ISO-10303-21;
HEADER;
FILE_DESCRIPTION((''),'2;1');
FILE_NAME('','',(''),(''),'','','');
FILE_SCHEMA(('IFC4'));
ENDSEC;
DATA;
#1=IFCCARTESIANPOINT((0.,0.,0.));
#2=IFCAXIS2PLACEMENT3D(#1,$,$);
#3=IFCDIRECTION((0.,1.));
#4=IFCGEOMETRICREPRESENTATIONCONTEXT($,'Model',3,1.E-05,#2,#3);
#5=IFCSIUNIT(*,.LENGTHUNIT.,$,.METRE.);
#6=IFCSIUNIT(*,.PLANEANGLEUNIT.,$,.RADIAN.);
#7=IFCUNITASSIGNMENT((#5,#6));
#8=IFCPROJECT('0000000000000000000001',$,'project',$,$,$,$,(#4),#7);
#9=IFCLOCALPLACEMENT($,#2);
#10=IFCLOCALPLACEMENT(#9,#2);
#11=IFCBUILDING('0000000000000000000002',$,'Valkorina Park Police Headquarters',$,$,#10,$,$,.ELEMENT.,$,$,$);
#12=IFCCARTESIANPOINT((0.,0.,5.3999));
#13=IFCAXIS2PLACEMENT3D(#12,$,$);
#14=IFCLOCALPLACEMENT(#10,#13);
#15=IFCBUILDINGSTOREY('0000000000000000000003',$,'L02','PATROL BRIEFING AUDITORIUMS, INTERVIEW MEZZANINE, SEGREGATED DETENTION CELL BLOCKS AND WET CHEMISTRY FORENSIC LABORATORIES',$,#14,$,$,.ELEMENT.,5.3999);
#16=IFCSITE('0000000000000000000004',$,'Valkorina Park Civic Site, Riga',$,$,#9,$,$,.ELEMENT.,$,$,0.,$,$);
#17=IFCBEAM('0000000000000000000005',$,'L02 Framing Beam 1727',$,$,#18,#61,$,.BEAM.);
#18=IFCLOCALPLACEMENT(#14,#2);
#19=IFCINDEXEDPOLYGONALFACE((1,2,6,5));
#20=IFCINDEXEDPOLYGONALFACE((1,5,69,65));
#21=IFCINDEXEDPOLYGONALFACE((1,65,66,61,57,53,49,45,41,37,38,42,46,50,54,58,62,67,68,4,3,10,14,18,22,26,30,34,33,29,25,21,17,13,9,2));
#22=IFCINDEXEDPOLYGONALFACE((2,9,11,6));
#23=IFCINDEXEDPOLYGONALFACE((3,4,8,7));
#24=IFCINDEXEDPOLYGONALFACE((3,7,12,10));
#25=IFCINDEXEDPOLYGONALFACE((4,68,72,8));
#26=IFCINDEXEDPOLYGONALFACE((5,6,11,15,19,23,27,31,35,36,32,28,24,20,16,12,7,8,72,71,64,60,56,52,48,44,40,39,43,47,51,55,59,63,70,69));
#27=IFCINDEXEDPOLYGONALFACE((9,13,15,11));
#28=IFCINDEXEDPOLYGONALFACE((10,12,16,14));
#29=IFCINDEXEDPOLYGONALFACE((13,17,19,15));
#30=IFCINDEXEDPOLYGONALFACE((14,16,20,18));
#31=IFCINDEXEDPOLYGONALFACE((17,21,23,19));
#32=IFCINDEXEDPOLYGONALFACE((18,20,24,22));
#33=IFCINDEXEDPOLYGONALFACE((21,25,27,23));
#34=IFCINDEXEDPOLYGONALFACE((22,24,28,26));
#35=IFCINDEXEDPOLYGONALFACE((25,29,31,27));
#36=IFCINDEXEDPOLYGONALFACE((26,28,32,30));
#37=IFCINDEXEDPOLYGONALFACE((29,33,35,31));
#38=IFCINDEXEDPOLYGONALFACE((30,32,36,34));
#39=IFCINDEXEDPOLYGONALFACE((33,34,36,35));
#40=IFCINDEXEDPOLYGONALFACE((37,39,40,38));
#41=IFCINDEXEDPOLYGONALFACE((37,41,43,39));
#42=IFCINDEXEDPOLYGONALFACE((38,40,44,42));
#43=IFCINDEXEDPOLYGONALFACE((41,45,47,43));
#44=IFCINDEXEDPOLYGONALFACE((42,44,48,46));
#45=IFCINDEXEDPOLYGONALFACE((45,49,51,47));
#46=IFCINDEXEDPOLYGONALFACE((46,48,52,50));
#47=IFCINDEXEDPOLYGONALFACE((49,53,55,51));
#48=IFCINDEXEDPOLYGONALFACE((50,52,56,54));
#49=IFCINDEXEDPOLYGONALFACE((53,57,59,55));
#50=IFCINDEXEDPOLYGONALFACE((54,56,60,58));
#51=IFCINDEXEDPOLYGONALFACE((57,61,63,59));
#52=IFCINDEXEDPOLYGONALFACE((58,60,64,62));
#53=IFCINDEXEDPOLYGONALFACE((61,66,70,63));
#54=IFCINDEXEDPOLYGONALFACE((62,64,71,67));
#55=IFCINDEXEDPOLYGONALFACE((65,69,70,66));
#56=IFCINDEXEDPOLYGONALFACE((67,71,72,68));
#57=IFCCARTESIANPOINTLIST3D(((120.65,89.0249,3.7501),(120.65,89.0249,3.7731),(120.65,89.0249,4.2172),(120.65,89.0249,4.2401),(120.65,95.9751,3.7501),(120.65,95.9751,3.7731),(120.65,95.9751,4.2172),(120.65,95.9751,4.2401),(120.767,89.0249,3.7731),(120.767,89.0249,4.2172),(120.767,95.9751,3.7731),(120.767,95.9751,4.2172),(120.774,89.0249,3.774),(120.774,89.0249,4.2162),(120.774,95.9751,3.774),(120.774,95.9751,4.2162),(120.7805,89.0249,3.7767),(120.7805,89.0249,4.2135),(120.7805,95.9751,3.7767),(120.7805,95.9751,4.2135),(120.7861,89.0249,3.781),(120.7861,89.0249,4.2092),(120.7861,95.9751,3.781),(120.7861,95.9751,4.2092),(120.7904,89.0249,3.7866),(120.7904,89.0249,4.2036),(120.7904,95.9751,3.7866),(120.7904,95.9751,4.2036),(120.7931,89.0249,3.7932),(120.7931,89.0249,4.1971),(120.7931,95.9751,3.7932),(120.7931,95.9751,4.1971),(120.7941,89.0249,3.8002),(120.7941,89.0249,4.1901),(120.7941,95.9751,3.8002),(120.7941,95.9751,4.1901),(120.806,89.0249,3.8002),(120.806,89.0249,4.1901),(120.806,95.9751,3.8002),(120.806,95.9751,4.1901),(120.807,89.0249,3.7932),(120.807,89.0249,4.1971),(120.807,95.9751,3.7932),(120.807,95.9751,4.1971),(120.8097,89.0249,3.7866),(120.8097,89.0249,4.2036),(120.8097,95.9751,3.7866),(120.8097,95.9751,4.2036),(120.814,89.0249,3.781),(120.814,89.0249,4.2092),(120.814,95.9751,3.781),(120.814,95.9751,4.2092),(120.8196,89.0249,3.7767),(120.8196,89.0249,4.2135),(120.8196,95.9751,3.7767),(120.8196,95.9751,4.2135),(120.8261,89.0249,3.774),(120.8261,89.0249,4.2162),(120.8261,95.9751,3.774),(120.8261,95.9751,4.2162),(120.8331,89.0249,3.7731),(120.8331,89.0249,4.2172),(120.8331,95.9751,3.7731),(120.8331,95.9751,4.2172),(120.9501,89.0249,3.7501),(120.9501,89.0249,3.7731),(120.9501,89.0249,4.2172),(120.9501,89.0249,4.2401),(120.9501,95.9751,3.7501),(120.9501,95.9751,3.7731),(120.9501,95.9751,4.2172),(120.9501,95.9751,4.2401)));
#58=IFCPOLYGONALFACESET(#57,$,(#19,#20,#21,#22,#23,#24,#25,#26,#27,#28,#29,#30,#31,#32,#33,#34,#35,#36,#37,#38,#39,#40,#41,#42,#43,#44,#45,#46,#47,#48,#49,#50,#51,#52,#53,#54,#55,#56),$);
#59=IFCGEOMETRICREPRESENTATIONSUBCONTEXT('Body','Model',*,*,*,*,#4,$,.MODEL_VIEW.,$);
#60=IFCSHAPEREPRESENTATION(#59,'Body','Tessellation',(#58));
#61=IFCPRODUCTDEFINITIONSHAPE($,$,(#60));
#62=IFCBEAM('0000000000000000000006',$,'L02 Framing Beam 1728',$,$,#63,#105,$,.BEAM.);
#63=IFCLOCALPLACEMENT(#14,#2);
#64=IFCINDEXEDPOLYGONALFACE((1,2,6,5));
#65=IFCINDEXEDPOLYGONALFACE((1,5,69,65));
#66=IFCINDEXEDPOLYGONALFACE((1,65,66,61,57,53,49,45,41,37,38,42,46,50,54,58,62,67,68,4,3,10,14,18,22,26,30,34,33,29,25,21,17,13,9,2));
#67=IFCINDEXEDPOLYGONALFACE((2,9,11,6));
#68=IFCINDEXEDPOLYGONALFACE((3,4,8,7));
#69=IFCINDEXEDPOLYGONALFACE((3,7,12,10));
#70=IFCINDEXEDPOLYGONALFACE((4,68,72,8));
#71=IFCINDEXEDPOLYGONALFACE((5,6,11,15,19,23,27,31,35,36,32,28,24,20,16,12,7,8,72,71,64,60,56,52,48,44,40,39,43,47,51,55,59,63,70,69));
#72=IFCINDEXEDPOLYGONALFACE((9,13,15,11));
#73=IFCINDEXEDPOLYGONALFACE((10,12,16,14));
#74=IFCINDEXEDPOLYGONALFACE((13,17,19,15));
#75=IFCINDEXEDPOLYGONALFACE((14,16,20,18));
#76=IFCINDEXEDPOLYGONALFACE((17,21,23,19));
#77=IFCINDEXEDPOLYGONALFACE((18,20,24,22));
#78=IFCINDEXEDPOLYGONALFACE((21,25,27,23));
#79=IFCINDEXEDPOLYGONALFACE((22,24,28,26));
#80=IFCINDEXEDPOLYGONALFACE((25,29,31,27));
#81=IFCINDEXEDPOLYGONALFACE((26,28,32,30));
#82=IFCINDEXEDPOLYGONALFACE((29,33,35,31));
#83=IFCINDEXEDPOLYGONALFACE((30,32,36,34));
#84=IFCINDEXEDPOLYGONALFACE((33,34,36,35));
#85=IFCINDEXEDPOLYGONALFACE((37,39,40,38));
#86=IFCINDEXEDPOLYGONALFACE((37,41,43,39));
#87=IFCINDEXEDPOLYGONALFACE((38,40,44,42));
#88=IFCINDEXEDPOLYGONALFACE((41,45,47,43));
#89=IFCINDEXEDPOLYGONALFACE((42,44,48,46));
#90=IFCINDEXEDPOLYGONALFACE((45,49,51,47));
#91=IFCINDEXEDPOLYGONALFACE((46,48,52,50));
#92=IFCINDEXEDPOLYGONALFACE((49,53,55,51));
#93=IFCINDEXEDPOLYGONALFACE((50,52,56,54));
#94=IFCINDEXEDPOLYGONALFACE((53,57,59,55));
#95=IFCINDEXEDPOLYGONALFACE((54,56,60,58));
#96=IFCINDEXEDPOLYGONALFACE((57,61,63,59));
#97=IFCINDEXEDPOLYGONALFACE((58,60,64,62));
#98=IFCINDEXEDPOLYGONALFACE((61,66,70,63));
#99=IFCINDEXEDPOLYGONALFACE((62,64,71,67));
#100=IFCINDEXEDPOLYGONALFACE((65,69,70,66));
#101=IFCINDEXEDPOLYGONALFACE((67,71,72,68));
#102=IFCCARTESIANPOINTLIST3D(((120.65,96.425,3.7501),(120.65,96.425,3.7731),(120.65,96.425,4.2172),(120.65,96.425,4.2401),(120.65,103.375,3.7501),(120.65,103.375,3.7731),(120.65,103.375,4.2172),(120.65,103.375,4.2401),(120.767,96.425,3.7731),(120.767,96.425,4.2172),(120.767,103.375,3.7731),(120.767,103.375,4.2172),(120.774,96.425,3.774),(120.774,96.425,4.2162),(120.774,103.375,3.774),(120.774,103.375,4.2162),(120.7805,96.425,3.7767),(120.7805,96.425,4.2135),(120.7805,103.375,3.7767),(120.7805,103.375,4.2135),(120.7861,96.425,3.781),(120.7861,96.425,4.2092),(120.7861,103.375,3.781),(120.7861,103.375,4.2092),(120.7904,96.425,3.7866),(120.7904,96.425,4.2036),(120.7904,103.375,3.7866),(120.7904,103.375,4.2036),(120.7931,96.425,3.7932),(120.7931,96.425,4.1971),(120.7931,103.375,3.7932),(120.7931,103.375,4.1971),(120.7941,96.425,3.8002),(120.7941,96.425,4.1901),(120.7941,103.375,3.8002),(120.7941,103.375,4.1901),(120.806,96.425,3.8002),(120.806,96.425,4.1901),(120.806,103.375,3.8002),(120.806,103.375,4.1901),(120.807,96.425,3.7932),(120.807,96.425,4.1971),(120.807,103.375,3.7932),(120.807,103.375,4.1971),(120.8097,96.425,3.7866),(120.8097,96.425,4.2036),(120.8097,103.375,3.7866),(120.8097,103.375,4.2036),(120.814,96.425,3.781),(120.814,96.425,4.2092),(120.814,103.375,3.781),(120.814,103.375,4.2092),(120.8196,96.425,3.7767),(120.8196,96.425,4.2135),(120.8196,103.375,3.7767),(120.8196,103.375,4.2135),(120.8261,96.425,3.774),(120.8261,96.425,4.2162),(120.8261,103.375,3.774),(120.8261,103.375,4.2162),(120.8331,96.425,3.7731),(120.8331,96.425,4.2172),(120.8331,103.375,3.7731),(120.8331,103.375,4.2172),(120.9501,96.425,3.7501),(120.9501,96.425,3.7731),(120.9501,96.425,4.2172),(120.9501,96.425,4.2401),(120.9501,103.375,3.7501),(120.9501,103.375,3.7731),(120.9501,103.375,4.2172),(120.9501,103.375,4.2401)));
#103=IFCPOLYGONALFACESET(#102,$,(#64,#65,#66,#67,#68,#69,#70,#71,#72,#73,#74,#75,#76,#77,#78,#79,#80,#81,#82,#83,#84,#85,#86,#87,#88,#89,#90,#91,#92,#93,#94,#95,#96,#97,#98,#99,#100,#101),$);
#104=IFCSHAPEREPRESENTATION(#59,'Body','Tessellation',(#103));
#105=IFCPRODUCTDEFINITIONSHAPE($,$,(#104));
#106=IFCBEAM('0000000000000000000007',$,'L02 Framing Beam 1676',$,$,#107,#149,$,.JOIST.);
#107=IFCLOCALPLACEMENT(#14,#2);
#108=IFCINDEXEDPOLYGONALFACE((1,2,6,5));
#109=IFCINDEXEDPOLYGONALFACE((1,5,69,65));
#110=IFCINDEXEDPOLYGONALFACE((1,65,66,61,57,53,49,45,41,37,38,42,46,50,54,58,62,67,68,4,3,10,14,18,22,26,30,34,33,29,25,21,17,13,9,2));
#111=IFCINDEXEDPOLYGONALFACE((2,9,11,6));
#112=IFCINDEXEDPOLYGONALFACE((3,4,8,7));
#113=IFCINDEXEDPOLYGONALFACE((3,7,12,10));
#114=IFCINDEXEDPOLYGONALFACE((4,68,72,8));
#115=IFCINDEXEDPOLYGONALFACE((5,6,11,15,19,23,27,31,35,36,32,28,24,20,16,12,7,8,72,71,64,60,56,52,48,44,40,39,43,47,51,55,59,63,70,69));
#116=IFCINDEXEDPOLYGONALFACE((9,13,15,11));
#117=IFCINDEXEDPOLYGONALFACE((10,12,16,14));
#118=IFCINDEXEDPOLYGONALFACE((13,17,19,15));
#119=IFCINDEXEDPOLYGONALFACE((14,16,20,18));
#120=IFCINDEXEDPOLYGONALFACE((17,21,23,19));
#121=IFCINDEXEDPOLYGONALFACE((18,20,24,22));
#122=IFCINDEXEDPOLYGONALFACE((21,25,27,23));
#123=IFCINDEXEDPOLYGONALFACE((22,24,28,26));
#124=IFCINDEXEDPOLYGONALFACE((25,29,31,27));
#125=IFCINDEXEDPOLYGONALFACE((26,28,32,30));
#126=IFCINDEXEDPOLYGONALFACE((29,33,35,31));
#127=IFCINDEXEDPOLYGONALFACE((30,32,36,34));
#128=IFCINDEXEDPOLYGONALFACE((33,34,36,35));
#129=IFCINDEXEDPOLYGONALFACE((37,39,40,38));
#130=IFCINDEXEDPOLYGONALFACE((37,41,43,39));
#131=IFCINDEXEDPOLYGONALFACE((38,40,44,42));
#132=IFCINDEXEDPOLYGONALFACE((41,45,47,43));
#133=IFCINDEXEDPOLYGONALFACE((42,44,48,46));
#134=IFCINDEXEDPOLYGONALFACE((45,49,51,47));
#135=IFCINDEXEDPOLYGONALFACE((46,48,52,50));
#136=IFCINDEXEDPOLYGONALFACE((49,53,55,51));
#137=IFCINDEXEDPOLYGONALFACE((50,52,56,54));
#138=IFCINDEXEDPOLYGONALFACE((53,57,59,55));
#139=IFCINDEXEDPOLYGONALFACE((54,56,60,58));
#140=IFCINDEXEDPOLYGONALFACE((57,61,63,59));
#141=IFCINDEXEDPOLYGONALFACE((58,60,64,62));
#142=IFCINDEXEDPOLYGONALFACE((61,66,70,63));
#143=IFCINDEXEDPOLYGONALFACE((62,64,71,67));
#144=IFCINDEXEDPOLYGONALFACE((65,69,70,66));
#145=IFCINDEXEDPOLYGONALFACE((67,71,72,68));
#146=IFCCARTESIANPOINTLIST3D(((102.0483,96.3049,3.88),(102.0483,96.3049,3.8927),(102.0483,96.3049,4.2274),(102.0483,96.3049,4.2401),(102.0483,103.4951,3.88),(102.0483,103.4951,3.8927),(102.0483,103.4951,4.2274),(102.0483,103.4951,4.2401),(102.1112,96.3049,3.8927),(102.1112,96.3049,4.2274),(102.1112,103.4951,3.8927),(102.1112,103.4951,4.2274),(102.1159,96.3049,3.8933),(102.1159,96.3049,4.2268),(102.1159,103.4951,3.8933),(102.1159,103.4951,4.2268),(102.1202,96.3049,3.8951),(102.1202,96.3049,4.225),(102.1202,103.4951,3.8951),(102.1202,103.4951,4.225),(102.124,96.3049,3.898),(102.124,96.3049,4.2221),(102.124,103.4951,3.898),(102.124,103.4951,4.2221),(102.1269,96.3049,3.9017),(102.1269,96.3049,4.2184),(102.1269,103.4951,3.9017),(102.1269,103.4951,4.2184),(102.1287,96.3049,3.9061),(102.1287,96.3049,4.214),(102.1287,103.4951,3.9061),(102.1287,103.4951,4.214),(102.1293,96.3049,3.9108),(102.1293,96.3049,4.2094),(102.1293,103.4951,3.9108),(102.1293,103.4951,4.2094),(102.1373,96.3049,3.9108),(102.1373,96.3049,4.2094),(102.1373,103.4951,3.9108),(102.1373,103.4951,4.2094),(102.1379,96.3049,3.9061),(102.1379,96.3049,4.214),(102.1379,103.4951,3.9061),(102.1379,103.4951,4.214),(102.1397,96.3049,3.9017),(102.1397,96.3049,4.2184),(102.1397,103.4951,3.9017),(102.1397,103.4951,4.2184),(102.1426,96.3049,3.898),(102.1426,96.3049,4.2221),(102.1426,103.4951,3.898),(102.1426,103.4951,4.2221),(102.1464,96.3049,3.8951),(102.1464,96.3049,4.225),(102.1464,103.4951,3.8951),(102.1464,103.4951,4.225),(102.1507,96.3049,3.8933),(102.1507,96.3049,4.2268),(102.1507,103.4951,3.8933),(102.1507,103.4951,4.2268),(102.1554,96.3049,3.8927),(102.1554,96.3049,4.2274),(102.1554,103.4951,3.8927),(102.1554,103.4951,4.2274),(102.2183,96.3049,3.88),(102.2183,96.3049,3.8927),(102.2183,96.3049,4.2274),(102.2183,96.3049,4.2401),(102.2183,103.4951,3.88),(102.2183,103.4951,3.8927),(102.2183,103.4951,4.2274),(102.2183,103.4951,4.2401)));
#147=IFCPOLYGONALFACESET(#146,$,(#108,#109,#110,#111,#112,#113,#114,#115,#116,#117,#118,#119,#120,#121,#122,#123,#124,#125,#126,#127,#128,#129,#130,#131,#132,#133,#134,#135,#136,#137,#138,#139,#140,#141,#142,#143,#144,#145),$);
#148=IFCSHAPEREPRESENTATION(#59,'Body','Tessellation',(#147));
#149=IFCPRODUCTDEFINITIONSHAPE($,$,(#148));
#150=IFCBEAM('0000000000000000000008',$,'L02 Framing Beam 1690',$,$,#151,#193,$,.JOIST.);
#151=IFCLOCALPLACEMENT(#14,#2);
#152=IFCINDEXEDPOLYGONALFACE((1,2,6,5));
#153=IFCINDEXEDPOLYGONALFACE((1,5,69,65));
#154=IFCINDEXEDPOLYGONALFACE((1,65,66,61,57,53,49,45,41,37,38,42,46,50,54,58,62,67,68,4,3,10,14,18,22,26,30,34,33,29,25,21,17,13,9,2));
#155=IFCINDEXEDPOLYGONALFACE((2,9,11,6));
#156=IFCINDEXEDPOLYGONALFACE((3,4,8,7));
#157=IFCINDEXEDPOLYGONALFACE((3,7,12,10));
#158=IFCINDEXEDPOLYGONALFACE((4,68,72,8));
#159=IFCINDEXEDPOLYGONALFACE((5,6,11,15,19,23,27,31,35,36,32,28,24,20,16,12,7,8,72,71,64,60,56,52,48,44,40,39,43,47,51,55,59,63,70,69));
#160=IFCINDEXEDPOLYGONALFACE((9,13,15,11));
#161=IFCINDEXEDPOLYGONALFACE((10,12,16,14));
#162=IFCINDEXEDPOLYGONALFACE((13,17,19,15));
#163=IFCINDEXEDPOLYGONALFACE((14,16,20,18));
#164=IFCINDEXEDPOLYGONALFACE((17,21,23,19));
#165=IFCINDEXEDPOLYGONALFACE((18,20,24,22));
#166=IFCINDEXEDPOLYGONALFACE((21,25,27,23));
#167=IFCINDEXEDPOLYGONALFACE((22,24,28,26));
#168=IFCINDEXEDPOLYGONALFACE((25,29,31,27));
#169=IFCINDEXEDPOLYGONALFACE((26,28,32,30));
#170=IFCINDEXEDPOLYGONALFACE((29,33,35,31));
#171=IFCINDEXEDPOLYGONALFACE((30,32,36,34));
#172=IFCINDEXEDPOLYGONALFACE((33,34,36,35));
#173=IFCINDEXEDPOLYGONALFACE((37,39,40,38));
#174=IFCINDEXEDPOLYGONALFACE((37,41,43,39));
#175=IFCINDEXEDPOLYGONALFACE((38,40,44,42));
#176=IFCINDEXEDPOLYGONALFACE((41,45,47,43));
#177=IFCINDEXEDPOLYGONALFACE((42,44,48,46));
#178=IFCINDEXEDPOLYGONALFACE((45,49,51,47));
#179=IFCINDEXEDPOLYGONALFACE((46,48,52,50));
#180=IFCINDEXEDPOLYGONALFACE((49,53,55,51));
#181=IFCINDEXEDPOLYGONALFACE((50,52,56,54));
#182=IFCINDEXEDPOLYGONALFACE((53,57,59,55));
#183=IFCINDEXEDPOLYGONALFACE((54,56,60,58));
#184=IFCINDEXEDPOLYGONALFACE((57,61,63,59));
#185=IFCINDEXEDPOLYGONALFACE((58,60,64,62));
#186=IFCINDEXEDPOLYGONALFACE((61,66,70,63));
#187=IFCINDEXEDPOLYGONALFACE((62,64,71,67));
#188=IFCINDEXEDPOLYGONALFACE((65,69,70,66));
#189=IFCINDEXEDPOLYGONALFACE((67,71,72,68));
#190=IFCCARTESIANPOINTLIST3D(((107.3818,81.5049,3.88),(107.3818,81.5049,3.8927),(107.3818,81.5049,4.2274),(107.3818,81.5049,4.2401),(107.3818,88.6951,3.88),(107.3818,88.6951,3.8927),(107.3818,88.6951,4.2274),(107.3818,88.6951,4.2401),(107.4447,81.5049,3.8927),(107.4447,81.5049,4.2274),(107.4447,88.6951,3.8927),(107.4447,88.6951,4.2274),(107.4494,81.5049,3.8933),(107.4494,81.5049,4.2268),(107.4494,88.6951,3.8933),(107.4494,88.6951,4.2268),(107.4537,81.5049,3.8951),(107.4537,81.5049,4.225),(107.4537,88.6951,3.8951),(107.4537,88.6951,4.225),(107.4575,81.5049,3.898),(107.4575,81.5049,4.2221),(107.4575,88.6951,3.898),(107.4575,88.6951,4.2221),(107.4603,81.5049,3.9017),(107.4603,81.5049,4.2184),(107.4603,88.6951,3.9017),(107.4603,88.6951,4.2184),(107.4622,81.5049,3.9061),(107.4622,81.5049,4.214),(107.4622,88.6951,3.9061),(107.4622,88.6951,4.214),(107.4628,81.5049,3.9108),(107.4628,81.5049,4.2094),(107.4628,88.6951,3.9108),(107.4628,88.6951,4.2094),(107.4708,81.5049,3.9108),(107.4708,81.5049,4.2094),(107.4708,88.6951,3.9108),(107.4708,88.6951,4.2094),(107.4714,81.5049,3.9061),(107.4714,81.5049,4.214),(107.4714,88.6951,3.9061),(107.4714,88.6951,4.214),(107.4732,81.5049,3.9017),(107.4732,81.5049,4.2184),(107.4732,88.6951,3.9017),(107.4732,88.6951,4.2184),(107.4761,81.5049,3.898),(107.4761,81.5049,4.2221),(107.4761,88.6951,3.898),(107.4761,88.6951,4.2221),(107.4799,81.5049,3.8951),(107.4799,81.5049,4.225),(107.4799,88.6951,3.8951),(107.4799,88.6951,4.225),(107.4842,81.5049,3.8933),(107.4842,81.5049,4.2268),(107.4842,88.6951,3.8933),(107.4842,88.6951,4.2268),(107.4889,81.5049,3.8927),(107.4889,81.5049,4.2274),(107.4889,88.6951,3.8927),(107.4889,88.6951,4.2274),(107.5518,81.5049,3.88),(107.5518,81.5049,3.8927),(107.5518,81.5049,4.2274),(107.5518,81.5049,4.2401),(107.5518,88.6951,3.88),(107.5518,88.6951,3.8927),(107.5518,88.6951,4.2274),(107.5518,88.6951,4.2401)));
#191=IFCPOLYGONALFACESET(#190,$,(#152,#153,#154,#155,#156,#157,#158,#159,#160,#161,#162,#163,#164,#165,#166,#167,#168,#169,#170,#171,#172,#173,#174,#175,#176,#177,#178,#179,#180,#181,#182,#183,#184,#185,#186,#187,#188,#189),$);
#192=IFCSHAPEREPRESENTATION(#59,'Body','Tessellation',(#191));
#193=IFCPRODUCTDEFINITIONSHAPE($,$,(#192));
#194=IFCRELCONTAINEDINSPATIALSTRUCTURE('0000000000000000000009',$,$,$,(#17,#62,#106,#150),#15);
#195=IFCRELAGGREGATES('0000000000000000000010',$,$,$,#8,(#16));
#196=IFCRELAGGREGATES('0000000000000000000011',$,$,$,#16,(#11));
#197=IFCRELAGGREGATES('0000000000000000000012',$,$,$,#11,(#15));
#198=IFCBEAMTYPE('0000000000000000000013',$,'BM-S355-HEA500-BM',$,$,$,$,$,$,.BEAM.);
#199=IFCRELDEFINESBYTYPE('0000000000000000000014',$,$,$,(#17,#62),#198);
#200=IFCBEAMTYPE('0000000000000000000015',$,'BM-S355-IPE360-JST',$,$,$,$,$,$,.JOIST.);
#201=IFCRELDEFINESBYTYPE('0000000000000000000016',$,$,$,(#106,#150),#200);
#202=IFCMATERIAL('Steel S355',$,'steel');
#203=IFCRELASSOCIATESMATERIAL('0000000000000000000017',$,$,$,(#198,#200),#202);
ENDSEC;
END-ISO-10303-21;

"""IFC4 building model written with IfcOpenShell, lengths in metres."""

from ifc_helpers import new_model, si_unit, direction, frame, origin, origin_2d, place, context, subcontext, project, spatial, i_section, extrude, material, material_profile, profile_set, type_object, element, save


model = new_model("IFC4")

# Units and contexts
model_context = context("Model", 3, precision=1e-05, world=origin(), true_north=direction((0.0, 1.0)))
body_context = subcontext(model_context, "Body", "Model", "MODEL_VIEW")
ifc_project = project(units=[si_unit("LENGTHUNIT", "METRE"), si_unit("PLANEANGLEUNIT", "RADIAN")], contexts=[model_context])

# Site, building, storey
site_placement = place(None, origin())
site = spatial("IfcSite", under=ifc_project, at=site_placement, Name="Valkorina Park Civic Site, Riga", CompositionType="ELEMENT", RefElevation=0.0)
building_placement = place(site_placement, origin())
building = spatial("IfcBuilding", under=site, at=building_placement, Name="Valkorina Park Police Headquarters", CompositionType="ELEMENT")
storey_placement = place(building_placement, frame((0.0, 0.0, 5.3999)))
storey = spatial("IfcBuildingStorey", under=building, at=storey_placement, Name="L02", Description="PATROL BRIEFING AUDITORIUMS, INTERVIEW MEZZANINE, SEGREGATED DETENTION CELL BLOCKS AND WET CHEMISTRY FORENSIC LABORATORIES", CompositionType="ELEMENT", Elevation=5.3999)

# Shared definitions
ifc_material_1 = material(Name="Steel S355", Category="steel")

# Beams
ifc_material_profile_1 = material_profile(ifc_material_1, i_section(OverallWidth=0.3, OverallDepth=0.49, WebThickness=0.012, FlangeThickness=0.0229, FilletRadius=0.0271, at=origin_2d()), Name="HEA 500")
ifc_profile_set_1 = profile_set([ifc_material_profile_1], Name="Steel S355")
beam_type_1 = type_object("IfcBeamType", Name="BM-S355-HEA500-BM", PredefinedType="BEAM", material=ifc_profile_set_1)
beam_1_placement = place(storey_placement, frame((120.8, 89.0249, 3.9951), z_axis=(0.0, 1.0, 0.0), x_axis=(-1.0, 0.0, 0.0)))
element("IfcBeam", 1, at=beam_1_placement, inside=storey, type_object=beam_type_1, Name="L02 Framing Beam 1727", PredefinedType="BEAM", context=body_context, shape_type="SweptSolid", body=[
    extrude(i_section(OverallWidth=0.3, OverallDepth=0.49, WebThickness=0.012, FlangeThickness=0.0229, FilletRadius=0.0271, at=origin_2d()), origin(), (0.0, 0.0, 1.0), 6.9502),
])
beam_2_placement = place(storey_placement, frame((120.8, 96.425, 3.9951), z_axis=(0.0, 1.0, 0.0), x_axis=(-1.0, 0.0, 0.0)))
element("IfcBeam", 2, at=beam_2_placement, inside=storey, type_object=beam_type_1, Name="L02 Framing Beam 1728", PredefinedType="BEAM", context=body_context, shape_type="SweptSolid", body=[
    extrude(i_section(OverallWidth=0.3, OverallDepth=0.49, WebThickness=0.012, FlangeThickness=0.0229, FilletRadius=0.0271, at=origin_2d()), origin(), (0.0, 0.0, 1.0), 6.95),
])
ifc_material_profile_2 = material_profile(ifc_material_1, i_section(OverallWidth=0.1699, OverallDepth=0.3601, WebThickness=0.0081, FlangeThickness=0.0127, FilletRadius=0.0181, at=origin_2d()), Name="IPE 360")
ifc_profile_set_2 = profile_set([ifc_material_profile_2], Name="Steel S355")
beam_type_2 = type_object("IfcBeamType", Name="BM-S355-IPE360-JST", PredefinedType="JOIST", material=ifc_profile_set_2)
for number, where, z_axis, x_axis, name in (
    (3, (102.1333, 96.3049, 4.0601), (0.0, 1.0, 0.0), (-1.0, 0.0, 0.0), "L02 Framing Beam 1676"),
    (4, (107.4668, 81.5049, 4.0601), (0.0, 1.0, 0.0), (-1.0, 0.0, 0.0), "L02 Framing Beam 1690"),
):
    element("IfcBeam", number, at=place(storey_placement, frame(where, z_axis=z_axis, x_axis=x_axis)), inside=storey, type_object=beam_type_2, Name=name, PredefinedType="JOIST", context=body_context, shape_type="SweptSolid", body=[
        extrude(i_section(OverallWidth=0.1699, OverallDepth=0.3601, WebThickness=0.0081, FlangeThickness=0.0127, FilletRadius=0.0181, at=origin_2d()), origin(), (0.0, 0.0, 1.0), 7.1902),
    ])

save(model, "model.ifc")
